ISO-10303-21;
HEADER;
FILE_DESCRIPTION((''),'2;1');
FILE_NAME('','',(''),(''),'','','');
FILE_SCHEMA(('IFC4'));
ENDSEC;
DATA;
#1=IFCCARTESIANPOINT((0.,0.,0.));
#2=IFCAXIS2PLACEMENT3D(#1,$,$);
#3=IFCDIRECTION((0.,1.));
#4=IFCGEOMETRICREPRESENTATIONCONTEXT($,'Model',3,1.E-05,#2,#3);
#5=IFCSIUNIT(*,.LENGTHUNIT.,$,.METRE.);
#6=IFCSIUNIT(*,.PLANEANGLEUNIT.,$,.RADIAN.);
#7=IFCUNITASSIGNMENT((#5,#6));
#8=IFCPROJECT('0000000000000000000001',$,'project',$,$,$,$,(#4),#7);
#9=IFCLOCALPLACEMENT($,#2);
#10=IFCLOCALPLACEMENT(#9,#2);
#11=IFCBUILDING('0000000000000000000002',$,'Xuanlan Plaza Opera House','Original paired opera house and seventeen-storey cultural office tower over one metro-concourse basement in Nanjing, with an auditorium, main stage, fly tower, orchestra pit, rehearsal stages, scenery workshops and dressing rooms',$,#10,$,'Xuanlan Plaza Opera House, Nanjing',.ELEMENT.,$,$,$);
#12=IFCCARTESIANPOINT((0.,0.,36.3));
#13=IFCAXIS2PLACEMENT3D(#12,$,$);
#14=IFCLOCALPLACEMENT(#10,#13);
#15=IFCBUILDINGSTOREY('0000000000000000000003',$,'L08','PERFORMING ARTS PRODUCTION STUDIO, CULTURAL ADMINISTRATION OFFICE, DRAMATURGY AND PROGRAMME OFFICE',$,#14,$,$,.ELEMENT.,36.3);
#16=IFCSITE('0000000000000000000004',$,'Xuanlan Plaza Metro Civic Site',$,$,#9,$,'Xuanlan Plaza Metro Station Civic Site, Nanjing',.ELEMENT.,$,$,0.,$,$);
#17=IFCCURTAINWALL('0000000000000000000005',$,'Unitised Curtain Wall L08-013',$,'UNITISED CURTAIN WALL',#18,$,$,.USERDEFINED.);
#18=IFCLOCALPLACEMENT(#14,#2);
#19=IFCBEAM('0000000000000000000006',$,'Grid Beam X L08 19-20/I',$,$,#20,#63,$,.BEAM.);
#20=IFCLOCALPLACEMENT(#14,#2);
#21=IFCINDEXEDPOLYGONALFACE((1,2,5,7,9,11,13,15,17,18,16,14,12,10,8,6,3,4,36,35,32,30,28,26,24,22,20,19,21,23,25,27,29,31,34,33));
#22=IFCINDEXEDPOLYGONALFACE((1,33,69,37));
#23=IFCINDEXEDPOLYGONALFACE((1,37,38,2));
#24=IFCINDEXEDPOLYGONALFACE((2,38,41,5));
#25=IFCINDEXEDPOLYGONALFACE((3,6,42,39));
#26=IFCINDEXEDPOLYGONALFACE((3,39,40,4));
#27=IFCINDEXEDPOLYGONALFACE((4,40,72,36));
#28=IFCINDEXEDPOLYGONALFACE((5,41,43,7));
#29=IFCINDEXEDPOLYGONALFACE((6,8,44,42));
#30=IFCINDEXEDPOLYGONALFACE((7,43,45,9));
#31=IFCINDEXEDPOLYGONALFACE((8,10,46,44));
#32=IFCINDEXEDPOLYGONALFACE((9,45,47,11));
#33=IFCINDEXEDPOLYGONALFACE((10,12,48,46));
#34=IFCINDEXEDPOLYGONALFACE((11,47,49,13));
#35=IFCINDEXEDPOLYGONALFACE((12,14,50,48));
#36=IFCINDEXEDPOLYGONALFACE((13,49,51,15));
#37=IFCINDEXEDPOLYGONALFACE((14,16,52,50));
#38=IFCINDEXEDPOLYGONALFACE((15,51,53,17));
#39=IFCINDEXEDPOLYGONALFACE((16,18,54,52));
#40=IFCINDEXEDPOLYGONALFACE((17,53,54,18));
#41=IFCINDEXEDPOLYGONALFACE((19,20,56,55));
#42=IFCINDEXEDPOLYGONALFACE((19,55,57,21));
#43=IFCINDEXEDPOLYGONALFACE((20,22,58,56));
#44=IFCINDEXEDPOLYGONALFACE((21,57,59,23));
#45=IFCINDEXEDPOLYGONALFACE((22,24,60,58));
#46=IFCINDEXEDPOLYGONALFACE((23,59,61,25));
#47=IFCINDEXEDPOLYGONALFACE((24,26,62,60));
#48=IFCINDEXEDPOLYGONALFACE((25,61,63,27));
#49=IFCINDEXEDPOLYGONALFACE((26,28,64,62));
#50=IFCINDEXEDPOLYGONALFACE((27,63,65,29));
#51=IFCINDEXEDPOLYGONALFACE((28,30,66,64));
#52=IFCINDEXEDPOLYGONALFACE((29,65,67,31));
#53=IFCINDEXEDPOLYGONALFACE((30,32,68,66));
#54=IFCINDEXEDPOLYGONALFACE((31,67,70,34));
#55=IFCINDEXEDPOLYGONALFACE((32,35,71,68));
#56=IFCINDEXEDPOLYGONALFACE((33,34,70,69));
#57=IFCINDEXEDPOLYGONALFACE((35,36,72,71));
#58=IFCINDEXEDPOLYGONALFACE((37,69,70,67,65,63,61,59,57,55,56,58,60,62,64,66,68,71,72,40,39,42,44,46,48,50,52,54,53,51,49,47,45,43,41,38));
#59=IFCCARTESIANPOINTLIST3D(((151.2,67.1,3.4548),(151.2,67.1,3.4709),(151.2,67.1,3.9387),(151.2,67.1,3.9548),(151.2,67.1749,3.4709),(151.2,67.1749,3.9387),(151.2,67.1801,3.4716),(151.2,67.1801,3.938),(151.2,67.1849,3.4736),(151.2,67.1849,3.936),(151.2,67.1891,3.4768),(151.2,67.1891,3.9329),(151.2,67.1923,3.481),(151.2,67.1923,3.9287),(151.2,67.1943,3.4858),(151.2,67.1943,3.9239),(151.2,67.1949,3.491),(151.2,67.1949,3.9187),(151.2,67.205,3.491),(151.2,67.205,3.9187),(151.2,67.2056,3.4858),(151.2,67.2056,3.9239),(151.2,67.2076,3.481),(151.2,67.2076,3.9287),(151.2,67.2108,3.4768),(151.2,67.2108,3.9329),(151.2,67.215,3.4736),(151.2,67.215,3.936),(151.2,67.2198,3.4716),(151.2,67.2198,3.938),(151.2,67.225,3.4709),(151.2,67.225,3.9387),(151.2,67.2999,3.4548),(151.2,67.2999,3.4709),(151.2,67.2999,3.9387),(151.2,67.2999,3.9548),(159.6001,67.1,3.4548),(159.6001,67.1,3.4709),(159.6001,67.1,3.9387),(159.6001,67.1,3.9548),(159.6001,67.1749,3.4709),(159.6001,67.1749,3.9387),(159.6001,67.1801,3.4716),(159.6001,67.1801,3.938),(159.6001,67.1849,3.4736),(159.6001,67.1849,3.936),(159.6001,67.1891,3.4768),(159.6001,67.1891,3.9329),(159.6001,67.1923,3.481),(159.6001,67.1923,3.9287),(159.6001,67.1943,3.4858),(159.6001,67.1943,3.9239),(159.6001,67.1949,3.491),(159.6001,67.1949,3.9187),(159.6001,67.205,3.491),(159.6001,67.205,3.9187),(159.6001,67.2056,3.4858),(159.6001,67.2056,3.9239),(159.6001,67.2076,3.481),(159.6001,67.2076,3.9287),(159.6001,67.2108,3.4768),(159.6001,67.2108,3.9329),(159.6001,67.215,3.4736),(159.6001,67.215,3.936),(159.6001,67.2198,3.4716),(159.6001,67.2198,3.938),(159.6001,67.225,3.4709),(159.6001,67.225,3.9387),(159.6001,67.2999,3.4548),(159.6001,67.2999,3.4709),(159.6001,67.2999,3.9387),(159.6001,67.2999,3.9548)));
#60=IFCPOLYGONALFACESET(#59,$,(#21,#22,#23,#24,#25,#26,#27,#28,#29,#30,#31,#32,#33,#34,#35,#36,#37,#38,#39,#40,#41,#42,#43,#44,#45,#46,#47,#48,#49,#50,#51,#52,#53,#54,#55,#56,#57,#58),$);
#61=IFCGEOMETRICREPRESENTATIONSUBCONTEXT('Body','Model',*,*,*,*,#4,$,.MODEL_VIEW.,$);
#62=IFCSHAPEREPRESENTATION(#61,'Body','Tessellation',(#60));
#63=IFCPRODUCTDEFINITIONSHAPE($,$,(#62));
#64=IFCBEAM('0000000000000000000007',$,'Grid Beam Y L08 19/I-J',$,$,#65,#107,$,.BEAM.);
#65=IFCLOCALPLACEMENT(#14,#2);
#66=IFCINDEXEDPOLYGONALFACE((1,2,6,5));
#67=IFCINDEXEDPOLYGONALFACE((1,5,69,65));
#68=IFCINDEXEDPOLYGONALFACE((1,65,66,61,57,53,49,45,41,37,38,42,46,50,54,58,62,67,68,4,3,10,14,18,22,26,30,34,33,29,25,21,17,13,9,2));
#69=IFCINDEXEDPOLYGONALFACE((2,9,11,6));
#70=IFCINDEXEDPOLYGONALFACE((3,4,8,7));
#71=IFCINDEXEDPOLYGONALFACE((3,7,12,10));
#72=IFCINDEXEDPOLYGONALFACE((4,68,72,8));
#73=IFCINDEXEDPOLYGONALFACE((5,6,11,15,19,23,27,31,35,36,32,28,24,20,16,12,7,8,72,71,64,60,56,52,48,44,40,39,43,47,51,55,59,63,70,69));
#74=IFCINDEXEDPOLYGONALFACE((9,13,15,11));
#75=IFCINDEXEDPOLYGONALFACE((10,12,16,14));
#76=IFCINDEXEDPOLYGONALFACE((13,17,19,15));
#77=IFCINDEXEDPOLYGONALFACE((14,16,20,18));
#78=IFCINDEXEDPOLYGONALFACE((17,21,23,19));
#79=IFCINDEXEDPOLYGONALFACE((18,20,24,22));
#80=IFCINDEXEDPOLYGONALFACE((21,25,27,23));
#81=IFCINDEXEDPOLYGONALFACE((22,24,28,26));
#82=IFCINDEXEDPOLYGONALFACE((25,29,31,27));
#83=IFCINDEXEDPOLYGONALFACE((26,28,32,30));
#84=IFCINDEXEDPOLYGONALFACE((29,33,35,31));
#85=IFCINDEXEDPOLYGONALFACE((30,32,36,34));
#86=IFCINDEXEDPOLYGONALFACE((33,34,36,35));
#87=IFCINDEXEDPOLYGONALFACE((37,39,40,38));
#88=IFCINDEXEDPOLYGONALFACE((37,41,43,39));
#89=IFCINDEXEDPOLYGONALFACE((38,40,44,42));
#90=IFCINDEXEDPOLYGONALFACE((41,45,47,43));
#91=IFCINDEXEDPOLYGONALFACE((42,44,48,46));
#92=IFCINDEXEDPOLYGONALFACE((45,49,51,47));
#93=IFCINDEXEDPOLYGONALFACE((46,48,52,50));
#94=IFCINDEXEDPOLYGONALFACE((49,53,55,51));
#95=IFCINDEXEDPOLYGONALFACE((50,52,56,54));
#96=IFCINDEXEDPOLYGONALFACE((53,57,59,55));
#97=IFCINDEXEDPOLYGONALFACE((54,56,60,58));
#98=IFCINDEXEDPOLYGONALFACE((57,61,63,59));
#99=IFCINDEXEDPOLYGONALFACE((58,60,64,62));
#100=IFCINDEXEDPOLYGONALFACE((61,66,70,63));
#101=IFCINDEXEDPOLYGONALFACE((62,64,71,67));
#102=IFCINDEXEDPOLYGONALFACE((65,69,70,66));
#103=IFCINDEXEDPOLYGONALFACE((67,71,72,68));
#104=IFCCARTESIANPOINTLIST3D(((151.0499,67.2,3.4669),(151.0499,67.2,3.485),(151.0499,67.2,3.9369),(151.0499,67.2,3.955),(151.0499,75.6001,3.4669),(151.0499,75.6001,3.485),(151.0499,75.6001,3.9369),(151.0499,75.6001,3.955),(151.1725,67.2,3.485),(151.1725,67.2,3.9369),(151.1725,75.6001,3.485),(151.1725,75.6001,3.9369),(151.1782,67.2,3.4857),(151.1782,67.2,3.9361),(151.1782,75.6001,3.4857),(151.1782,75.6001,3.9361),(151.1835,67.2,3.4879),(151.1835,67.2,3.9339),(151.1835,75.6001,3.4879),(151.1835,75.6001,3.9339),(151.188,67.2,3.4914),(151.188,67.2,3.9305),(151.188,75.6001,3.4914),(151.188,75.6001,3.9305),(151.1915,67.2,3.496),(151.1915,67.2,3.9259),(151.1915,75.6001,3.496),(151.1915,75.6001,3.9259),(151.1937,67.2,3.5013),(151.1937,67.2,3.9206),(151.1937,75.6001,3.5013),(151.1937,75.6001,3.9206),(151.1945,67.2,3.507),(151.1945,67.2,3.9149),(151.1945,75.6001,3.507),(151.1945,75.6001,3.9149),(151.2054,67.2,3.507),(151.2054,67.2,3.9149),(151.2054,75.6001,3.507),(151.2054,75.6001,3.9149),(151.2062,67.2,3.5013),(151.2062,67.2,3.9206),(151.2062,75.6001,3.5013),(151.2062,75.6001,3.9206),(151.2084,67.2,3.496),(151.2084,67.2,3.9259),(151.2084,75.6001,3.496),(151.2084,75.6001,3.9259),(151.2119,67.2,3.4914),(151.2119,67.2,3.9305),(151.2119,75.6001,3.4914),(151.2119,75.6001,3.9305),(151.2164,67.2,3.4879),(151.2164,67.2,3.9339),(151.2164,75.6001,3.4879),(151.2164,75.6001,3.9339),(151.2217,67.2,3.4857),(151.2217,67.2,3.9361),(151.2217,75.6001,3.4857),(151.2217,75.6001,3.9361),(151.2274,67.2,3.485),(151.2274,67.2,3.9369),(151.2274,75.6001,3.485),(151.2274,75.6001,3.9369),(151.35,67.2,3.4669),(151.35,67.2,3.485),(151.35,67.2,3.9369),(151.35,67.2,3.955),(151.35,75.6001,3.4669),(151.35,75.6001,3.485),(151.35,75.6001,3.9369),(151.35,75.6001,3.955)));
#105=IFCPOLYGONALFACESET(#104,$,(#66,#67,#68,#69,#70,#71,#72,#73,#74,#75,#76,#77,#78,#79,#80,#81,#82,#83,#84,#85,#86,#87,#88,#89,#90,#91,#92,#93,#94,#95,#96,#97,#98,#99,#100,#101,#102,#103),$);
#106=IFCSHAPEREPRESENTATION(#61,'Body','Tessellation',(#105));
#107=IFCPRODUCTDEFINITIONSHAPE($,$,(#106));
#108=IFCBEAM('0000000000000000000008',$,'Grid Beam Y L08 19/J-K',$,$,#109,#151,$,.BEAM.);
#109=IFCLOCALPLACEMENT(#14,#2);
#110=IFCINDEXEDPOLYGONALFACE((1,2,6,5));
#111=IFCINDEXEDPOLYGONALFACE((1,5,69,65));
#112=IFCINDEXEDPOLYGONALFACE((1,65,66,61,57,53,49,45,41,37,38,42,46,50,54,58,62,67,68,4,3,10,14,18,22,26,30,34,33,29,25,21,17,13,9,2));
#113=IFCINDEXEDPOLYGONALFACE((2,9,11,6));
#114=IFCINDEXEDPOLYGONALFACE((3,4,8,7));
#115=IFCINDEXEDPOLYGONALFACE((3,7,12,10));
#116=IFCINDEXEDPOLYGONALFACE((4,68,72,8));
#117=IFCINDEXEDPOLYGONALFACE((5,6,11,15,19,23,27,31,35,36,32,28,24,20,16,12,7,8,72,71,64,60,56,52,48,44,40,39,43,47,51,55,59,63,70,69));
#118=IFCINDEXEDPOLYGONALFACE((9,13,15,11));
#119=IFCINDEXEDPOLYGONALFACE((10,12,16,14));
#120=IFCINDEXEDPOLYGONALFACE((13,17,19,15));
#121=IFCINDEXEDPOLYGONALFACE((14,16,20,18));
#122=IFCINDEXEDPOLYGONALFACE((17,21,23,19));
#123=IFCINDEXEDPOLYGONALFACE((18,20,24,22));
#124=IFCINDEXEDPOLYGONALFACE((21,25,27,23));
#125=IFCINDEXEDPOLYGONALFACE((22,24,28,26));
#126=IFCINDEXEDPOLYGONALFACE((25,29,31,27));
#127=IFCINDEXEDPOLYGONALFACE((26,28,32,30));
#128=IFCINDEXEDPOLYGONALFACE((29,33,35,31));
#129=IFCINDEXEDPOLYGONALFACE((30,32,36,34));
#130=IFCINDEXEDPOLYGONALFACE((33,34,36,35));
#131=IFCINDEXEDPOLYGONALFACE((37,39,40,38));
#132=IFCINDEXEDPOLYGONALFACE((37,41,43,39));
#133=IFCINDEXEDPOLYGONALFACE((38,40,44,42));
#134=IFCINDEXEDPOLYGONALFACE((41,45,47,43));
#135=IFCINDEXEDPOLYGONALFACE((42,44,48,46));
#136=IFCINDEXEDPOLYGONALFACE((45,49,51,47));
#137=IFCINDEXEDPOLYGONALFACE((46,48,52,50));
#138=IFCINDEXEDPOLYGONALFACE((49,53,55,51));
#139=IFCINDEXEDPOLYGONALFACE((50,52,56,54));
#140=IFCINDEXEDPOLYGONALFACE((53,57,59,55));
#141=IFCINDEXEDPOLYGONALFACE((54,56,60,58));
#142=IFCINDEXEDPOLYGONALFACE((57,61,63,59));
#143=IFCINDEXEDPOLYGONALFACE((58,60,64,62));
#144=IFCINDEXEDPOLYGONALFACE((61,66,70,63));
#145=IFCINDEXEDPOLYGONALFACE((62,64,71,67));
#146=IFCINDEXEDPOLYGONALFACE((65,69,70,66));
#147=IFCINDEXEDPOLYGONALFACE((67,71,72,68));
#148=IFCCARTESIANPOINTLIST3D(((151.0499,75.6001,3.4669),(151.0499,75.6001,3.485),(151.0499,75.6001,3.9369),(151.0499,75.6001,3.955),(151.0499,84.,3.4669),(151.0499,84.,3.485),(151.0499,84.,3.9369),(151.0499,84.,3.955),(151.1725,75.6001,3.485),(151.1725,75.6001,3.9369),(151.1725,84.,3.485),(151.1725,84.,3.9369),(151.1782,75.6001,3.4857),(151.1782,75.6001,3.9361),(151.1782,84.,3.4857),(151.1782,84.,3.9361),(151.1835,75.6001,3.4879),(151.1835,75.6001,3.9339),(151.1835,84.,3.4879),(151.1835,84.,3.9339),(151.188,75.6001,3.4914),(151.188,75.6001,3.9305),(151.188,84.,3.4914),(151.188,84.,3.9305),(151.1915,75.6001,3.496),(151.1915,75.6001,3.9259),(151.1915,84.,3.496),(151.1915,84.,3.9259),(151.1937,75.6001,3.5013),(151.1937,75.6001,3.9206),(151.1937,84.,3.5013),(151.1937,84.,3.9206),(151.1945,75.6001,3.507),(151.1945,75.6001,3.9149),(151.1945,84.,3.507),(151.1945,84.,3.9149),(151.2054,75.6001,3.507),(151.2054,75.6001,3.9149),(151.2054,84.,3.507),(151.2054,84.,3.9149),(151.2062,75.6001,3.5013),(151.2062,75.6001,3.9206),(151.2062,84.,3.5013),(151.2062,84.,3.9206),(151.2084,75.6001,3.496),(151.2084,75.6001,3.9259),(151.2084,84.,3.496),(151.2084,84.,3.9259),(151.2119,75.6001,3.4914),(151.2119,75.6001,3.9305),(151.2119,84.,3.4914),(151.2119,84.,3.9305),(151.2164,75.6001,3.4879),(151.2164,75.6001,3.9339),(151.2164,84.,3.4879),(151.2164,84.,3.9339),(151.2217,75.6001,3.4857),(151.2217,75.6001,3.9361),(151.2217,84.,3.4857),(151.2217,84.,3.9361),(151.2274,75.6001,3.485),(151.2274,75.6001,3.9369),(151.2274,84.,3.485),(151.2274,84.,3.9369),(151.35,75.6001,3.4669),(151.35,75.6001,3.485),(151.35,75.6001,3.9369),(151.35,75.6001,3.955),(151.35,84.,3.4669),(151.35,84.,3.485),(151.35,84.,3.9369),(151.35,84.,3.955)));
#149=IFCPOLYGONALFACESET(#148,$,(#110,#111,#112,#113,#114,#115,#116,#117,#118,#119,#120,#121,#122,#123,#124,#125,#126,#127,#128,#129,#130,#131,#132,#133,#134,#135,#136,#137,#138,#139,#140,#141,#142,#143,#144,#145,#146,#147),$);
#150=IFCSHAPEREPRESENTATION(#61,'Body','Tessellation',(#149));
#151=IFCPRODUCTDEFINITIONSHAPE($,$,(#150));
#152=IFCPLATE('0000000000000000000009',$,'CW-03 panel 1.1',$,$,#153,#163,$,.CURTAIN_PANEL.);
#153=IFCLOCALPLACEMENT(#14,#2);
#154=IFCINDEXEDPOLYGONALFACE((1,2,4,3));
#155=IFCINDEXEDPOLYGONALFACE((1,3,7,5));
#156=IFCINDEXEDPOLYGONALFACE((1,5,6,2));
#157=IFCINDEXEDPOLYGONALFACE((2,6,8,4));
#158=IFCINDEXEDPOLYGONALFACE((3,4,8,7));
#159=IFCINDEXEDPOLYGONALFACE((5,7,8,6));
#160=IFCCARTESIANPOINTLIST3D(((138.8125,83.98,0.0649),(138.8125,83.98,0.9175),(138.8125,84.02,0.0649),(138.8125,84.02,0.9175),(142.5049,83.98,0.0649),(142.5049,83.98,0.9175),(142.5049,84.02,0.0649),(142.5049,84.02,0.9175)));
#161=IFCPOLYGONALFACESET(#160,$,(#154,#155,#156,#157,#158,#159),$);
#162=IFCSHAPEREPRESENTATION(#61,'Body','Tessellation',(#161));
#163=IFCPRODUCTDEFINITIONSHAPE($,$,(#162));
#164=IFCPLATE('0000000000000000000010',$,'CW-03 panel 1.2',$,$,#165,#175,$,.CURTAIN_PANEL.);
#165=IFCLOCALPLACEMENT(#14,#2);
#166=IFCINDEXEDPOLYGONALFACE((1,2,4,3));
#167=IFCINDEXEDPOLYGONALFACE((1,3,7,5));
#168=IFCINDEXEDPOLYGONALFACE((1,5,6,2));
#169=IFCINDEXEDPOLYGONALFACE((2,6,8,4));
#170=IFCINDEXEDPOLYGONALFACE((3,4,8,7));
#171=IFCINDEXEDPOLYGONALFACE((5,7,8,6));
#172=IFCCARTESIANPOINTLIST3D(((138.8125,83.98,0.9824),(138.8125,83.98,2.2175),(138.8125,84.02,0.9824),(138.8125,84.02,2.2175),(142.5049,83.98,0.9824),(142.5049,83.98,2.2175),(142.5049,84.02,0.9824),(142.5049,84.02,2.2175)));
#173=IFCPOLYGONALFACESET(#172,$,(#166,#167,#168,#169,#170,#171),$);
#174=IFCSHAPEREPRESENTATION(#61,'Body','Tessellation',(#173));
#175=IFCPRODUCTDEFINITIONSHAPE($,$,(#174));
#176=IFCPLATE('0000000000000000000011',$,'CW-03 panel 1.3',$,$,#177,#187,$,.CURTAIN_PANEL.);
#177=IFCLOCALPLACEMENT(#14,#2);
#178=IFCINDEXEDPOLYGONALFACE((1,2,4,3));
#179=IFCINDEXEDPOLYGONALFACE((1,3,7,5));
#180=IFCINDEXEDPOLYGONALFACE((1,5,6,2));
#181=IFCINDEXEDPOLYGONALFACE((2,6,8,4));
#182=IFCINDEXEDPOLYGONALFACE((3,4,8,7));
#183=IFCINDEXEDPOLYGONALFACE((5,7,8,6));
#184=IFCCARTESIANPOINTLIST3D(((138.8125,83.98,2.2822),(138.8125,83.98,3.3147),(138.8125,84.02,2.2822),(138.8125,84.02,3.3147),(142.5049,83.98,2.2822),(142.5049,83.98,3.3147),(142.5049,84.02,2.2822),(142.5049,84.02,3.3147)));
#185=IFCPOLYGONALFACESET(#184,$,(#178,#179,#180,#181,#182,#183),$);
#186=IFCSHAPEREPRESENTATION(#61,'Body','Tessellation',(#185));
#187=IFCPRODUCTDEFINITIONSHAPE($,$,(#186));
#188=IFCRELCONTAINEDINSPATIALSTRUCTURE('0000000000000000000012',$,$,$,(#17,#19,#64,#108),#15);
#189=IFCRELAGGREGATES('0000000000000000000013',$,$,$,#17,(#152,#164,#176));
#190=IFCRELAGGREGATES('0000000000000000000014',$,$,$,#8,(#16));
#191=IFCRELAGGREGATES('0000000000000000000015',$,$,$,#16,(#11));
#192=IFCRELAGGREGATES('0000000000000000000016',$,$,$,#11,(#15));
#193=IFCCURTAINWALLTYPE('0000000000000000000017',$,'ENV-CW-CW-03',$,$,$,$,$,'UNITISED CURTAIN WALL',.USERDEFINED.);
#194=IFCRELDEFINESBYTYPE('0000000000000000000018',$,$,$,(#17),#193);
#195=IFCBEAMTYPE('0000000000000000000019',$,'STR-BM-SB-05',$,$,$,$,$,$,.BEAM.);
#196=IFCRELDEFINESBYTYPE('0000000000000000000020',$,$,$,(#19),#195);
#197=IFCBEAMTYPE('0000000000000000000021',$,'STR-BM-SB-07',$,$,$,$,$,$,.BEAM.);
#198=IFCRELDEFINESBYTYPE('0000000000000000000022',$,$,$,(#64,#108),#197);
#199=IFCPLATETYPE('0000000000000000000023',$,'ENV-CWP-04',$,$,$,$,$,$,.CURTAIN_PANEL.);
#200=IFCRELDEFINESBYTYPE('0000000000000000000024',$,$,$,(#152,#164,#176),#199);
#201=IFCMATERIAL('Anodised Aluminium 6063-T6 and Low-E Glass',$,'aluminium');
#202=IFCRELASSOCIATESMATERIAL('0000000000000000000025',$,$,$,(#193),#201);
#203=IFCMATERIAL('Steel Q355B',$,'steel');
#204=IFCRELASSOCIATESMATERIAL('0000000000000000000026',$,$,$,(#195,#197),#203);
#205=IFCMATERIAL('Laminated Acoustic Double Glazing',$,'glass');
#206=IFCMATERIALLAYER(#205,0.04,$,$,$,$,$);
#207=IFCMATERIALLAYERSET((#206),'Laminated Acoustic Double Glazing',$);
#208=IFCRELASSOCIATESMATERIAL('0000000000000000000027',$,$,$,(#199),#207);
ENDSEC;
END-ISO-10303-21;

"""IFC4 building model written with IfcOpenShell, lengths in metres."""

from ifc_helpers import new_model, si_unit, direction, frame, origin, origin_2d, place, context, subcontext, project, spatial, rectangle, i_section, extrude, material, layer, layer_set, material_profile, profile_set, type_object, element, aggregate, save


model = new_model("IFC4")

# Units and contexts
model_context = context("Model", 3, precision=1e-05, world=origin(), true_north=direction((0.0, 1.0)))
body_context = subcontext(model_context, "Body", "Model", "MODEL_VIEW")
ifc_project = project(units=[si_unit("LENGTHUNIT", "METRE"), si_unit("PLANEANGLEUNIT", "RADIAN")], contexts=[model_context])

# Site, building, storey
site_placement = place(None, origin())
site = spatial("IfcSite", under=ifc_project, at=site_placement, Name="Xuanlan Plaza Metro Civic Site", LongName="Xuanlan Plaza Metro Station Civic Site, Nanjing", CompositionType="ELEMENT", RefElevation=0.0)
building_placement = place(site_placement, origin())
building = spatial("IfcBuilding", under=site, at=building_placement, Name="Xuanlan Plaza Opera House", Description="Original paired opera house and seventeen-storey cultural office tower over one metro-concourse basement in Nanjing, with an auditorium, main stage, fly tower, orchestra pit, rehearsal stages, scenery workshops and dressing rooms", LongName="Xuanlan Plaza Opera House, Nanjing", CompositionType="ELEMENT")
storey_placement = place(building_placement, frame((0.0, 0.0, 36.3)))
storey = spatial("IfcBuildingStorey", under=building, at=storey_placement, Name="L08", Description="PERFORMING ARTS PRODUCTION STUDIO, CULTURAL ADMINISTRATION OFFICE, DRAMATURGY AND PROGRAMME OFFICE", CompositionType="ELEMENT", Elevation=36.3)

# Shared definitions
ifc_material_1 = material(Name="Steel Q355B", Category="steel")

# Curtain wall
ifc_material_2 = material(Name="Anodised Aluminium 6063-T6 and Low-E Glass", Category="aluminium")
curtain_wall_type = type_object("IfcCurtainWallType", Name="ENV-CW-CW-03", ElementType="UNITISED CURTAIN WALL", PredefinedType="USERDEFINED", material=ifc_material_2)
curtain_wall_placement = place(storey_placement, origin())
curtain_wall = element("IfcCurtainWall", 1, at=curtain_wall_placement, inside=storey, type_object=curtain_wall_type, Name="Unitised Curtain Wall L08-013", ObjectType="UNITISED CURTAIN WALL", PredefinedType="USERDEFINED")

# Beams
ifc_material_profile_1 = material_profile(ifc_material_1, i_section(OverallWidth=0.2, OverallDepth=0.5, WebThickness=0.01, FlangeThickness=0.0161, FilletRadius=0.02, at=origin_2d()), Name="HN 500x200x10x16")
ifc_profile_set_1 = profile_set([ifc_material_profile_1], Name="Steel Q355B")
beam_type_1 = type_object("IfcBeamType", Name="STR-BM-SB-05", PredefinedType="BEAM", material=ifc_profile_set_1)
beam_1_placement = place(storey_placement, frame((151.2, 67.2, 3.7048), z_axis=(1.0, 0.0, 0.0), x_axis=(0.0, 1.0, 0.0)))
element("IfcBeam", 2, at=beam_1_placement, inside=storey, type_object=beam_type_1, Name="Grid Beam X L08 19-20/I", PredefinedType="BEAM", context=body_context, shape_type="SweptSolid", body=[
    extrude(i_section(OverallWidth=0.2, OverallDepth=0.5, WebThickness=0.01, FlangeThickness=0.0161, FilletRadius=0.02, at=origin_2d()), origin(), (0.0, 0.0, 1.0), 8.4001),
])
ifc_material_profile_2 = material_profile(ifc_material_1, i_section(OverallWidth=0.3, OverallDepth=0.488, WebThickness=0.011, FlangeThickness=0.0181, FilletRadius=0.022, at=origin_2d()), Name="HM 488x300x11x18")
ifc_profile_set_2 = profile_set([ifc_material_profile_2], Name="Steel Q355B")
beam_type_2 = type_object("IfcBeamType", Name="STR-BM-SB-07", PredefinedType="BEAM", material=ifc_profile_set_2)
beam_2_placement = place(storey_placement, frame((151.2, 67.2, 3.7109), z_axis=(0.0, 1.0, 0.0), x_axis=(-1.0, 0.0, 0.0)))
element("IfcBeam", 3, at=beam_2_placement, inside=storey, type_object=beam_type_2, Name="Grid Beam Y L08 19/I-J", PredefinedType="BEAM", context=body_context, shape_type="SweptSolid", body=[
    extrude(i_section(OverallWidth=0.3, OverallDepth=0.488, WebThickness=0.011, FlangeThickness=0.0181, FilletRadius=0.022, at=origin_2d()), origin(), (0.0, 0.0, 1.0), 8.4001),
])
beam_3_placement = place(storey_placement, frame((151.2, 75.6001, 3.7109), z_axis=(0.0, 1.0, 0.0), x_axis=(-1.0, 0.0, 0.0)))
element("IfcBeam", 4, at=beam_3_placement, inside=storey, type_object=beam_type_2, Name="Grid Beam Y L08 19/J-K", PredefinedType="BEAM", context=body_context, shape_type="SweptSolid", body=[
    extrude(i_section(OverallWidth=0.3, OverallDepth=0.488, WebThickness=0.011, FlangeThickness=0.0181, FilletRadius=0.022, at=origin_2d()), origin(), (0.0, 0.0, 1.0), 8.3999),
])

# Plates
ifc_material_3 = material(Name="Laminated Acoustic Double Glazing", Category="glass")
ifc_layer_1 = layer(ifc_material_3, 0.04)
ifc_layer_set_1 = layer_set([ifc_layer_1], Name="Laminated Acoustic Double Glazing")
plate_type = type_object("IfcPlateType", Name="ENV-CWP-04", PredefinedType="CURTAIN_PANEL", material=ifc_layer_set_1)
plate_1_placement = place(storey_placement, frame((140.6587, 84.0, 0.0649), z_axis=(0.0, 0.0, 1.0), x_axis=(-1.0, 0.0, 0.0)))
plate_1 = element("IfcPlate", 5, at=plate_1_placement, type_object=plate_type, Name="CW-03 panel 1.1", PredefinedType="CURTAIN_PANEL", context=body_context, shape_type="SweptSolid", body=[
    extrude(rectangle(XDim=3.6924, YDim=0.04, at=origin_2d()), origin(), (0.0, 0.0, 1.0), 0.8525),
])
plate_2_placement = place(storey_placement, frame((140.6587, 84.0, 0.9824), z_axis=(0.0, 0.0, 1.0), x_axis=(-1.0, 0.0, 0.0)))
plate_2 = element("IfcPlate", 6, at=plate_2_placement, type_object=plate_type, Name="CW-03 panel 1.2", PredefinedType="CURTAIN_PANEL", context=body_context, shape_type="SweptSolid", body=[
    extrude(rectangle(XDim=3.6924, YDim=0.04, at=origin_2d()), origin(), (0.0, 0.0, 1.0), 1.2351),
])
plate_3_placement = place(storey_placement, frame((140.6587, 84.0, 2.2822), z_axis=(0.0, 0.0, 1.0), x_axis=(-1.0, 0.0, 0.0)))
plate_3 = element("IfcPlate", 7, at=plate_3_placement, type_object=plate_type, Name="CW-03 panel 1.3", PredefinedType="CURTAIN_PANEL", context=body_context, shape_type="SweptSolid", body=[
    extrude(rectangle(XDim=3.6924, YDim=0.04, at=origin_2d()), origin(), (0.0, 0.0, 1.0), 1.0325),
])
aggregate(curtain_wall, [plate_1, plate_2, plate_3])

save(model, "model.ifc")
